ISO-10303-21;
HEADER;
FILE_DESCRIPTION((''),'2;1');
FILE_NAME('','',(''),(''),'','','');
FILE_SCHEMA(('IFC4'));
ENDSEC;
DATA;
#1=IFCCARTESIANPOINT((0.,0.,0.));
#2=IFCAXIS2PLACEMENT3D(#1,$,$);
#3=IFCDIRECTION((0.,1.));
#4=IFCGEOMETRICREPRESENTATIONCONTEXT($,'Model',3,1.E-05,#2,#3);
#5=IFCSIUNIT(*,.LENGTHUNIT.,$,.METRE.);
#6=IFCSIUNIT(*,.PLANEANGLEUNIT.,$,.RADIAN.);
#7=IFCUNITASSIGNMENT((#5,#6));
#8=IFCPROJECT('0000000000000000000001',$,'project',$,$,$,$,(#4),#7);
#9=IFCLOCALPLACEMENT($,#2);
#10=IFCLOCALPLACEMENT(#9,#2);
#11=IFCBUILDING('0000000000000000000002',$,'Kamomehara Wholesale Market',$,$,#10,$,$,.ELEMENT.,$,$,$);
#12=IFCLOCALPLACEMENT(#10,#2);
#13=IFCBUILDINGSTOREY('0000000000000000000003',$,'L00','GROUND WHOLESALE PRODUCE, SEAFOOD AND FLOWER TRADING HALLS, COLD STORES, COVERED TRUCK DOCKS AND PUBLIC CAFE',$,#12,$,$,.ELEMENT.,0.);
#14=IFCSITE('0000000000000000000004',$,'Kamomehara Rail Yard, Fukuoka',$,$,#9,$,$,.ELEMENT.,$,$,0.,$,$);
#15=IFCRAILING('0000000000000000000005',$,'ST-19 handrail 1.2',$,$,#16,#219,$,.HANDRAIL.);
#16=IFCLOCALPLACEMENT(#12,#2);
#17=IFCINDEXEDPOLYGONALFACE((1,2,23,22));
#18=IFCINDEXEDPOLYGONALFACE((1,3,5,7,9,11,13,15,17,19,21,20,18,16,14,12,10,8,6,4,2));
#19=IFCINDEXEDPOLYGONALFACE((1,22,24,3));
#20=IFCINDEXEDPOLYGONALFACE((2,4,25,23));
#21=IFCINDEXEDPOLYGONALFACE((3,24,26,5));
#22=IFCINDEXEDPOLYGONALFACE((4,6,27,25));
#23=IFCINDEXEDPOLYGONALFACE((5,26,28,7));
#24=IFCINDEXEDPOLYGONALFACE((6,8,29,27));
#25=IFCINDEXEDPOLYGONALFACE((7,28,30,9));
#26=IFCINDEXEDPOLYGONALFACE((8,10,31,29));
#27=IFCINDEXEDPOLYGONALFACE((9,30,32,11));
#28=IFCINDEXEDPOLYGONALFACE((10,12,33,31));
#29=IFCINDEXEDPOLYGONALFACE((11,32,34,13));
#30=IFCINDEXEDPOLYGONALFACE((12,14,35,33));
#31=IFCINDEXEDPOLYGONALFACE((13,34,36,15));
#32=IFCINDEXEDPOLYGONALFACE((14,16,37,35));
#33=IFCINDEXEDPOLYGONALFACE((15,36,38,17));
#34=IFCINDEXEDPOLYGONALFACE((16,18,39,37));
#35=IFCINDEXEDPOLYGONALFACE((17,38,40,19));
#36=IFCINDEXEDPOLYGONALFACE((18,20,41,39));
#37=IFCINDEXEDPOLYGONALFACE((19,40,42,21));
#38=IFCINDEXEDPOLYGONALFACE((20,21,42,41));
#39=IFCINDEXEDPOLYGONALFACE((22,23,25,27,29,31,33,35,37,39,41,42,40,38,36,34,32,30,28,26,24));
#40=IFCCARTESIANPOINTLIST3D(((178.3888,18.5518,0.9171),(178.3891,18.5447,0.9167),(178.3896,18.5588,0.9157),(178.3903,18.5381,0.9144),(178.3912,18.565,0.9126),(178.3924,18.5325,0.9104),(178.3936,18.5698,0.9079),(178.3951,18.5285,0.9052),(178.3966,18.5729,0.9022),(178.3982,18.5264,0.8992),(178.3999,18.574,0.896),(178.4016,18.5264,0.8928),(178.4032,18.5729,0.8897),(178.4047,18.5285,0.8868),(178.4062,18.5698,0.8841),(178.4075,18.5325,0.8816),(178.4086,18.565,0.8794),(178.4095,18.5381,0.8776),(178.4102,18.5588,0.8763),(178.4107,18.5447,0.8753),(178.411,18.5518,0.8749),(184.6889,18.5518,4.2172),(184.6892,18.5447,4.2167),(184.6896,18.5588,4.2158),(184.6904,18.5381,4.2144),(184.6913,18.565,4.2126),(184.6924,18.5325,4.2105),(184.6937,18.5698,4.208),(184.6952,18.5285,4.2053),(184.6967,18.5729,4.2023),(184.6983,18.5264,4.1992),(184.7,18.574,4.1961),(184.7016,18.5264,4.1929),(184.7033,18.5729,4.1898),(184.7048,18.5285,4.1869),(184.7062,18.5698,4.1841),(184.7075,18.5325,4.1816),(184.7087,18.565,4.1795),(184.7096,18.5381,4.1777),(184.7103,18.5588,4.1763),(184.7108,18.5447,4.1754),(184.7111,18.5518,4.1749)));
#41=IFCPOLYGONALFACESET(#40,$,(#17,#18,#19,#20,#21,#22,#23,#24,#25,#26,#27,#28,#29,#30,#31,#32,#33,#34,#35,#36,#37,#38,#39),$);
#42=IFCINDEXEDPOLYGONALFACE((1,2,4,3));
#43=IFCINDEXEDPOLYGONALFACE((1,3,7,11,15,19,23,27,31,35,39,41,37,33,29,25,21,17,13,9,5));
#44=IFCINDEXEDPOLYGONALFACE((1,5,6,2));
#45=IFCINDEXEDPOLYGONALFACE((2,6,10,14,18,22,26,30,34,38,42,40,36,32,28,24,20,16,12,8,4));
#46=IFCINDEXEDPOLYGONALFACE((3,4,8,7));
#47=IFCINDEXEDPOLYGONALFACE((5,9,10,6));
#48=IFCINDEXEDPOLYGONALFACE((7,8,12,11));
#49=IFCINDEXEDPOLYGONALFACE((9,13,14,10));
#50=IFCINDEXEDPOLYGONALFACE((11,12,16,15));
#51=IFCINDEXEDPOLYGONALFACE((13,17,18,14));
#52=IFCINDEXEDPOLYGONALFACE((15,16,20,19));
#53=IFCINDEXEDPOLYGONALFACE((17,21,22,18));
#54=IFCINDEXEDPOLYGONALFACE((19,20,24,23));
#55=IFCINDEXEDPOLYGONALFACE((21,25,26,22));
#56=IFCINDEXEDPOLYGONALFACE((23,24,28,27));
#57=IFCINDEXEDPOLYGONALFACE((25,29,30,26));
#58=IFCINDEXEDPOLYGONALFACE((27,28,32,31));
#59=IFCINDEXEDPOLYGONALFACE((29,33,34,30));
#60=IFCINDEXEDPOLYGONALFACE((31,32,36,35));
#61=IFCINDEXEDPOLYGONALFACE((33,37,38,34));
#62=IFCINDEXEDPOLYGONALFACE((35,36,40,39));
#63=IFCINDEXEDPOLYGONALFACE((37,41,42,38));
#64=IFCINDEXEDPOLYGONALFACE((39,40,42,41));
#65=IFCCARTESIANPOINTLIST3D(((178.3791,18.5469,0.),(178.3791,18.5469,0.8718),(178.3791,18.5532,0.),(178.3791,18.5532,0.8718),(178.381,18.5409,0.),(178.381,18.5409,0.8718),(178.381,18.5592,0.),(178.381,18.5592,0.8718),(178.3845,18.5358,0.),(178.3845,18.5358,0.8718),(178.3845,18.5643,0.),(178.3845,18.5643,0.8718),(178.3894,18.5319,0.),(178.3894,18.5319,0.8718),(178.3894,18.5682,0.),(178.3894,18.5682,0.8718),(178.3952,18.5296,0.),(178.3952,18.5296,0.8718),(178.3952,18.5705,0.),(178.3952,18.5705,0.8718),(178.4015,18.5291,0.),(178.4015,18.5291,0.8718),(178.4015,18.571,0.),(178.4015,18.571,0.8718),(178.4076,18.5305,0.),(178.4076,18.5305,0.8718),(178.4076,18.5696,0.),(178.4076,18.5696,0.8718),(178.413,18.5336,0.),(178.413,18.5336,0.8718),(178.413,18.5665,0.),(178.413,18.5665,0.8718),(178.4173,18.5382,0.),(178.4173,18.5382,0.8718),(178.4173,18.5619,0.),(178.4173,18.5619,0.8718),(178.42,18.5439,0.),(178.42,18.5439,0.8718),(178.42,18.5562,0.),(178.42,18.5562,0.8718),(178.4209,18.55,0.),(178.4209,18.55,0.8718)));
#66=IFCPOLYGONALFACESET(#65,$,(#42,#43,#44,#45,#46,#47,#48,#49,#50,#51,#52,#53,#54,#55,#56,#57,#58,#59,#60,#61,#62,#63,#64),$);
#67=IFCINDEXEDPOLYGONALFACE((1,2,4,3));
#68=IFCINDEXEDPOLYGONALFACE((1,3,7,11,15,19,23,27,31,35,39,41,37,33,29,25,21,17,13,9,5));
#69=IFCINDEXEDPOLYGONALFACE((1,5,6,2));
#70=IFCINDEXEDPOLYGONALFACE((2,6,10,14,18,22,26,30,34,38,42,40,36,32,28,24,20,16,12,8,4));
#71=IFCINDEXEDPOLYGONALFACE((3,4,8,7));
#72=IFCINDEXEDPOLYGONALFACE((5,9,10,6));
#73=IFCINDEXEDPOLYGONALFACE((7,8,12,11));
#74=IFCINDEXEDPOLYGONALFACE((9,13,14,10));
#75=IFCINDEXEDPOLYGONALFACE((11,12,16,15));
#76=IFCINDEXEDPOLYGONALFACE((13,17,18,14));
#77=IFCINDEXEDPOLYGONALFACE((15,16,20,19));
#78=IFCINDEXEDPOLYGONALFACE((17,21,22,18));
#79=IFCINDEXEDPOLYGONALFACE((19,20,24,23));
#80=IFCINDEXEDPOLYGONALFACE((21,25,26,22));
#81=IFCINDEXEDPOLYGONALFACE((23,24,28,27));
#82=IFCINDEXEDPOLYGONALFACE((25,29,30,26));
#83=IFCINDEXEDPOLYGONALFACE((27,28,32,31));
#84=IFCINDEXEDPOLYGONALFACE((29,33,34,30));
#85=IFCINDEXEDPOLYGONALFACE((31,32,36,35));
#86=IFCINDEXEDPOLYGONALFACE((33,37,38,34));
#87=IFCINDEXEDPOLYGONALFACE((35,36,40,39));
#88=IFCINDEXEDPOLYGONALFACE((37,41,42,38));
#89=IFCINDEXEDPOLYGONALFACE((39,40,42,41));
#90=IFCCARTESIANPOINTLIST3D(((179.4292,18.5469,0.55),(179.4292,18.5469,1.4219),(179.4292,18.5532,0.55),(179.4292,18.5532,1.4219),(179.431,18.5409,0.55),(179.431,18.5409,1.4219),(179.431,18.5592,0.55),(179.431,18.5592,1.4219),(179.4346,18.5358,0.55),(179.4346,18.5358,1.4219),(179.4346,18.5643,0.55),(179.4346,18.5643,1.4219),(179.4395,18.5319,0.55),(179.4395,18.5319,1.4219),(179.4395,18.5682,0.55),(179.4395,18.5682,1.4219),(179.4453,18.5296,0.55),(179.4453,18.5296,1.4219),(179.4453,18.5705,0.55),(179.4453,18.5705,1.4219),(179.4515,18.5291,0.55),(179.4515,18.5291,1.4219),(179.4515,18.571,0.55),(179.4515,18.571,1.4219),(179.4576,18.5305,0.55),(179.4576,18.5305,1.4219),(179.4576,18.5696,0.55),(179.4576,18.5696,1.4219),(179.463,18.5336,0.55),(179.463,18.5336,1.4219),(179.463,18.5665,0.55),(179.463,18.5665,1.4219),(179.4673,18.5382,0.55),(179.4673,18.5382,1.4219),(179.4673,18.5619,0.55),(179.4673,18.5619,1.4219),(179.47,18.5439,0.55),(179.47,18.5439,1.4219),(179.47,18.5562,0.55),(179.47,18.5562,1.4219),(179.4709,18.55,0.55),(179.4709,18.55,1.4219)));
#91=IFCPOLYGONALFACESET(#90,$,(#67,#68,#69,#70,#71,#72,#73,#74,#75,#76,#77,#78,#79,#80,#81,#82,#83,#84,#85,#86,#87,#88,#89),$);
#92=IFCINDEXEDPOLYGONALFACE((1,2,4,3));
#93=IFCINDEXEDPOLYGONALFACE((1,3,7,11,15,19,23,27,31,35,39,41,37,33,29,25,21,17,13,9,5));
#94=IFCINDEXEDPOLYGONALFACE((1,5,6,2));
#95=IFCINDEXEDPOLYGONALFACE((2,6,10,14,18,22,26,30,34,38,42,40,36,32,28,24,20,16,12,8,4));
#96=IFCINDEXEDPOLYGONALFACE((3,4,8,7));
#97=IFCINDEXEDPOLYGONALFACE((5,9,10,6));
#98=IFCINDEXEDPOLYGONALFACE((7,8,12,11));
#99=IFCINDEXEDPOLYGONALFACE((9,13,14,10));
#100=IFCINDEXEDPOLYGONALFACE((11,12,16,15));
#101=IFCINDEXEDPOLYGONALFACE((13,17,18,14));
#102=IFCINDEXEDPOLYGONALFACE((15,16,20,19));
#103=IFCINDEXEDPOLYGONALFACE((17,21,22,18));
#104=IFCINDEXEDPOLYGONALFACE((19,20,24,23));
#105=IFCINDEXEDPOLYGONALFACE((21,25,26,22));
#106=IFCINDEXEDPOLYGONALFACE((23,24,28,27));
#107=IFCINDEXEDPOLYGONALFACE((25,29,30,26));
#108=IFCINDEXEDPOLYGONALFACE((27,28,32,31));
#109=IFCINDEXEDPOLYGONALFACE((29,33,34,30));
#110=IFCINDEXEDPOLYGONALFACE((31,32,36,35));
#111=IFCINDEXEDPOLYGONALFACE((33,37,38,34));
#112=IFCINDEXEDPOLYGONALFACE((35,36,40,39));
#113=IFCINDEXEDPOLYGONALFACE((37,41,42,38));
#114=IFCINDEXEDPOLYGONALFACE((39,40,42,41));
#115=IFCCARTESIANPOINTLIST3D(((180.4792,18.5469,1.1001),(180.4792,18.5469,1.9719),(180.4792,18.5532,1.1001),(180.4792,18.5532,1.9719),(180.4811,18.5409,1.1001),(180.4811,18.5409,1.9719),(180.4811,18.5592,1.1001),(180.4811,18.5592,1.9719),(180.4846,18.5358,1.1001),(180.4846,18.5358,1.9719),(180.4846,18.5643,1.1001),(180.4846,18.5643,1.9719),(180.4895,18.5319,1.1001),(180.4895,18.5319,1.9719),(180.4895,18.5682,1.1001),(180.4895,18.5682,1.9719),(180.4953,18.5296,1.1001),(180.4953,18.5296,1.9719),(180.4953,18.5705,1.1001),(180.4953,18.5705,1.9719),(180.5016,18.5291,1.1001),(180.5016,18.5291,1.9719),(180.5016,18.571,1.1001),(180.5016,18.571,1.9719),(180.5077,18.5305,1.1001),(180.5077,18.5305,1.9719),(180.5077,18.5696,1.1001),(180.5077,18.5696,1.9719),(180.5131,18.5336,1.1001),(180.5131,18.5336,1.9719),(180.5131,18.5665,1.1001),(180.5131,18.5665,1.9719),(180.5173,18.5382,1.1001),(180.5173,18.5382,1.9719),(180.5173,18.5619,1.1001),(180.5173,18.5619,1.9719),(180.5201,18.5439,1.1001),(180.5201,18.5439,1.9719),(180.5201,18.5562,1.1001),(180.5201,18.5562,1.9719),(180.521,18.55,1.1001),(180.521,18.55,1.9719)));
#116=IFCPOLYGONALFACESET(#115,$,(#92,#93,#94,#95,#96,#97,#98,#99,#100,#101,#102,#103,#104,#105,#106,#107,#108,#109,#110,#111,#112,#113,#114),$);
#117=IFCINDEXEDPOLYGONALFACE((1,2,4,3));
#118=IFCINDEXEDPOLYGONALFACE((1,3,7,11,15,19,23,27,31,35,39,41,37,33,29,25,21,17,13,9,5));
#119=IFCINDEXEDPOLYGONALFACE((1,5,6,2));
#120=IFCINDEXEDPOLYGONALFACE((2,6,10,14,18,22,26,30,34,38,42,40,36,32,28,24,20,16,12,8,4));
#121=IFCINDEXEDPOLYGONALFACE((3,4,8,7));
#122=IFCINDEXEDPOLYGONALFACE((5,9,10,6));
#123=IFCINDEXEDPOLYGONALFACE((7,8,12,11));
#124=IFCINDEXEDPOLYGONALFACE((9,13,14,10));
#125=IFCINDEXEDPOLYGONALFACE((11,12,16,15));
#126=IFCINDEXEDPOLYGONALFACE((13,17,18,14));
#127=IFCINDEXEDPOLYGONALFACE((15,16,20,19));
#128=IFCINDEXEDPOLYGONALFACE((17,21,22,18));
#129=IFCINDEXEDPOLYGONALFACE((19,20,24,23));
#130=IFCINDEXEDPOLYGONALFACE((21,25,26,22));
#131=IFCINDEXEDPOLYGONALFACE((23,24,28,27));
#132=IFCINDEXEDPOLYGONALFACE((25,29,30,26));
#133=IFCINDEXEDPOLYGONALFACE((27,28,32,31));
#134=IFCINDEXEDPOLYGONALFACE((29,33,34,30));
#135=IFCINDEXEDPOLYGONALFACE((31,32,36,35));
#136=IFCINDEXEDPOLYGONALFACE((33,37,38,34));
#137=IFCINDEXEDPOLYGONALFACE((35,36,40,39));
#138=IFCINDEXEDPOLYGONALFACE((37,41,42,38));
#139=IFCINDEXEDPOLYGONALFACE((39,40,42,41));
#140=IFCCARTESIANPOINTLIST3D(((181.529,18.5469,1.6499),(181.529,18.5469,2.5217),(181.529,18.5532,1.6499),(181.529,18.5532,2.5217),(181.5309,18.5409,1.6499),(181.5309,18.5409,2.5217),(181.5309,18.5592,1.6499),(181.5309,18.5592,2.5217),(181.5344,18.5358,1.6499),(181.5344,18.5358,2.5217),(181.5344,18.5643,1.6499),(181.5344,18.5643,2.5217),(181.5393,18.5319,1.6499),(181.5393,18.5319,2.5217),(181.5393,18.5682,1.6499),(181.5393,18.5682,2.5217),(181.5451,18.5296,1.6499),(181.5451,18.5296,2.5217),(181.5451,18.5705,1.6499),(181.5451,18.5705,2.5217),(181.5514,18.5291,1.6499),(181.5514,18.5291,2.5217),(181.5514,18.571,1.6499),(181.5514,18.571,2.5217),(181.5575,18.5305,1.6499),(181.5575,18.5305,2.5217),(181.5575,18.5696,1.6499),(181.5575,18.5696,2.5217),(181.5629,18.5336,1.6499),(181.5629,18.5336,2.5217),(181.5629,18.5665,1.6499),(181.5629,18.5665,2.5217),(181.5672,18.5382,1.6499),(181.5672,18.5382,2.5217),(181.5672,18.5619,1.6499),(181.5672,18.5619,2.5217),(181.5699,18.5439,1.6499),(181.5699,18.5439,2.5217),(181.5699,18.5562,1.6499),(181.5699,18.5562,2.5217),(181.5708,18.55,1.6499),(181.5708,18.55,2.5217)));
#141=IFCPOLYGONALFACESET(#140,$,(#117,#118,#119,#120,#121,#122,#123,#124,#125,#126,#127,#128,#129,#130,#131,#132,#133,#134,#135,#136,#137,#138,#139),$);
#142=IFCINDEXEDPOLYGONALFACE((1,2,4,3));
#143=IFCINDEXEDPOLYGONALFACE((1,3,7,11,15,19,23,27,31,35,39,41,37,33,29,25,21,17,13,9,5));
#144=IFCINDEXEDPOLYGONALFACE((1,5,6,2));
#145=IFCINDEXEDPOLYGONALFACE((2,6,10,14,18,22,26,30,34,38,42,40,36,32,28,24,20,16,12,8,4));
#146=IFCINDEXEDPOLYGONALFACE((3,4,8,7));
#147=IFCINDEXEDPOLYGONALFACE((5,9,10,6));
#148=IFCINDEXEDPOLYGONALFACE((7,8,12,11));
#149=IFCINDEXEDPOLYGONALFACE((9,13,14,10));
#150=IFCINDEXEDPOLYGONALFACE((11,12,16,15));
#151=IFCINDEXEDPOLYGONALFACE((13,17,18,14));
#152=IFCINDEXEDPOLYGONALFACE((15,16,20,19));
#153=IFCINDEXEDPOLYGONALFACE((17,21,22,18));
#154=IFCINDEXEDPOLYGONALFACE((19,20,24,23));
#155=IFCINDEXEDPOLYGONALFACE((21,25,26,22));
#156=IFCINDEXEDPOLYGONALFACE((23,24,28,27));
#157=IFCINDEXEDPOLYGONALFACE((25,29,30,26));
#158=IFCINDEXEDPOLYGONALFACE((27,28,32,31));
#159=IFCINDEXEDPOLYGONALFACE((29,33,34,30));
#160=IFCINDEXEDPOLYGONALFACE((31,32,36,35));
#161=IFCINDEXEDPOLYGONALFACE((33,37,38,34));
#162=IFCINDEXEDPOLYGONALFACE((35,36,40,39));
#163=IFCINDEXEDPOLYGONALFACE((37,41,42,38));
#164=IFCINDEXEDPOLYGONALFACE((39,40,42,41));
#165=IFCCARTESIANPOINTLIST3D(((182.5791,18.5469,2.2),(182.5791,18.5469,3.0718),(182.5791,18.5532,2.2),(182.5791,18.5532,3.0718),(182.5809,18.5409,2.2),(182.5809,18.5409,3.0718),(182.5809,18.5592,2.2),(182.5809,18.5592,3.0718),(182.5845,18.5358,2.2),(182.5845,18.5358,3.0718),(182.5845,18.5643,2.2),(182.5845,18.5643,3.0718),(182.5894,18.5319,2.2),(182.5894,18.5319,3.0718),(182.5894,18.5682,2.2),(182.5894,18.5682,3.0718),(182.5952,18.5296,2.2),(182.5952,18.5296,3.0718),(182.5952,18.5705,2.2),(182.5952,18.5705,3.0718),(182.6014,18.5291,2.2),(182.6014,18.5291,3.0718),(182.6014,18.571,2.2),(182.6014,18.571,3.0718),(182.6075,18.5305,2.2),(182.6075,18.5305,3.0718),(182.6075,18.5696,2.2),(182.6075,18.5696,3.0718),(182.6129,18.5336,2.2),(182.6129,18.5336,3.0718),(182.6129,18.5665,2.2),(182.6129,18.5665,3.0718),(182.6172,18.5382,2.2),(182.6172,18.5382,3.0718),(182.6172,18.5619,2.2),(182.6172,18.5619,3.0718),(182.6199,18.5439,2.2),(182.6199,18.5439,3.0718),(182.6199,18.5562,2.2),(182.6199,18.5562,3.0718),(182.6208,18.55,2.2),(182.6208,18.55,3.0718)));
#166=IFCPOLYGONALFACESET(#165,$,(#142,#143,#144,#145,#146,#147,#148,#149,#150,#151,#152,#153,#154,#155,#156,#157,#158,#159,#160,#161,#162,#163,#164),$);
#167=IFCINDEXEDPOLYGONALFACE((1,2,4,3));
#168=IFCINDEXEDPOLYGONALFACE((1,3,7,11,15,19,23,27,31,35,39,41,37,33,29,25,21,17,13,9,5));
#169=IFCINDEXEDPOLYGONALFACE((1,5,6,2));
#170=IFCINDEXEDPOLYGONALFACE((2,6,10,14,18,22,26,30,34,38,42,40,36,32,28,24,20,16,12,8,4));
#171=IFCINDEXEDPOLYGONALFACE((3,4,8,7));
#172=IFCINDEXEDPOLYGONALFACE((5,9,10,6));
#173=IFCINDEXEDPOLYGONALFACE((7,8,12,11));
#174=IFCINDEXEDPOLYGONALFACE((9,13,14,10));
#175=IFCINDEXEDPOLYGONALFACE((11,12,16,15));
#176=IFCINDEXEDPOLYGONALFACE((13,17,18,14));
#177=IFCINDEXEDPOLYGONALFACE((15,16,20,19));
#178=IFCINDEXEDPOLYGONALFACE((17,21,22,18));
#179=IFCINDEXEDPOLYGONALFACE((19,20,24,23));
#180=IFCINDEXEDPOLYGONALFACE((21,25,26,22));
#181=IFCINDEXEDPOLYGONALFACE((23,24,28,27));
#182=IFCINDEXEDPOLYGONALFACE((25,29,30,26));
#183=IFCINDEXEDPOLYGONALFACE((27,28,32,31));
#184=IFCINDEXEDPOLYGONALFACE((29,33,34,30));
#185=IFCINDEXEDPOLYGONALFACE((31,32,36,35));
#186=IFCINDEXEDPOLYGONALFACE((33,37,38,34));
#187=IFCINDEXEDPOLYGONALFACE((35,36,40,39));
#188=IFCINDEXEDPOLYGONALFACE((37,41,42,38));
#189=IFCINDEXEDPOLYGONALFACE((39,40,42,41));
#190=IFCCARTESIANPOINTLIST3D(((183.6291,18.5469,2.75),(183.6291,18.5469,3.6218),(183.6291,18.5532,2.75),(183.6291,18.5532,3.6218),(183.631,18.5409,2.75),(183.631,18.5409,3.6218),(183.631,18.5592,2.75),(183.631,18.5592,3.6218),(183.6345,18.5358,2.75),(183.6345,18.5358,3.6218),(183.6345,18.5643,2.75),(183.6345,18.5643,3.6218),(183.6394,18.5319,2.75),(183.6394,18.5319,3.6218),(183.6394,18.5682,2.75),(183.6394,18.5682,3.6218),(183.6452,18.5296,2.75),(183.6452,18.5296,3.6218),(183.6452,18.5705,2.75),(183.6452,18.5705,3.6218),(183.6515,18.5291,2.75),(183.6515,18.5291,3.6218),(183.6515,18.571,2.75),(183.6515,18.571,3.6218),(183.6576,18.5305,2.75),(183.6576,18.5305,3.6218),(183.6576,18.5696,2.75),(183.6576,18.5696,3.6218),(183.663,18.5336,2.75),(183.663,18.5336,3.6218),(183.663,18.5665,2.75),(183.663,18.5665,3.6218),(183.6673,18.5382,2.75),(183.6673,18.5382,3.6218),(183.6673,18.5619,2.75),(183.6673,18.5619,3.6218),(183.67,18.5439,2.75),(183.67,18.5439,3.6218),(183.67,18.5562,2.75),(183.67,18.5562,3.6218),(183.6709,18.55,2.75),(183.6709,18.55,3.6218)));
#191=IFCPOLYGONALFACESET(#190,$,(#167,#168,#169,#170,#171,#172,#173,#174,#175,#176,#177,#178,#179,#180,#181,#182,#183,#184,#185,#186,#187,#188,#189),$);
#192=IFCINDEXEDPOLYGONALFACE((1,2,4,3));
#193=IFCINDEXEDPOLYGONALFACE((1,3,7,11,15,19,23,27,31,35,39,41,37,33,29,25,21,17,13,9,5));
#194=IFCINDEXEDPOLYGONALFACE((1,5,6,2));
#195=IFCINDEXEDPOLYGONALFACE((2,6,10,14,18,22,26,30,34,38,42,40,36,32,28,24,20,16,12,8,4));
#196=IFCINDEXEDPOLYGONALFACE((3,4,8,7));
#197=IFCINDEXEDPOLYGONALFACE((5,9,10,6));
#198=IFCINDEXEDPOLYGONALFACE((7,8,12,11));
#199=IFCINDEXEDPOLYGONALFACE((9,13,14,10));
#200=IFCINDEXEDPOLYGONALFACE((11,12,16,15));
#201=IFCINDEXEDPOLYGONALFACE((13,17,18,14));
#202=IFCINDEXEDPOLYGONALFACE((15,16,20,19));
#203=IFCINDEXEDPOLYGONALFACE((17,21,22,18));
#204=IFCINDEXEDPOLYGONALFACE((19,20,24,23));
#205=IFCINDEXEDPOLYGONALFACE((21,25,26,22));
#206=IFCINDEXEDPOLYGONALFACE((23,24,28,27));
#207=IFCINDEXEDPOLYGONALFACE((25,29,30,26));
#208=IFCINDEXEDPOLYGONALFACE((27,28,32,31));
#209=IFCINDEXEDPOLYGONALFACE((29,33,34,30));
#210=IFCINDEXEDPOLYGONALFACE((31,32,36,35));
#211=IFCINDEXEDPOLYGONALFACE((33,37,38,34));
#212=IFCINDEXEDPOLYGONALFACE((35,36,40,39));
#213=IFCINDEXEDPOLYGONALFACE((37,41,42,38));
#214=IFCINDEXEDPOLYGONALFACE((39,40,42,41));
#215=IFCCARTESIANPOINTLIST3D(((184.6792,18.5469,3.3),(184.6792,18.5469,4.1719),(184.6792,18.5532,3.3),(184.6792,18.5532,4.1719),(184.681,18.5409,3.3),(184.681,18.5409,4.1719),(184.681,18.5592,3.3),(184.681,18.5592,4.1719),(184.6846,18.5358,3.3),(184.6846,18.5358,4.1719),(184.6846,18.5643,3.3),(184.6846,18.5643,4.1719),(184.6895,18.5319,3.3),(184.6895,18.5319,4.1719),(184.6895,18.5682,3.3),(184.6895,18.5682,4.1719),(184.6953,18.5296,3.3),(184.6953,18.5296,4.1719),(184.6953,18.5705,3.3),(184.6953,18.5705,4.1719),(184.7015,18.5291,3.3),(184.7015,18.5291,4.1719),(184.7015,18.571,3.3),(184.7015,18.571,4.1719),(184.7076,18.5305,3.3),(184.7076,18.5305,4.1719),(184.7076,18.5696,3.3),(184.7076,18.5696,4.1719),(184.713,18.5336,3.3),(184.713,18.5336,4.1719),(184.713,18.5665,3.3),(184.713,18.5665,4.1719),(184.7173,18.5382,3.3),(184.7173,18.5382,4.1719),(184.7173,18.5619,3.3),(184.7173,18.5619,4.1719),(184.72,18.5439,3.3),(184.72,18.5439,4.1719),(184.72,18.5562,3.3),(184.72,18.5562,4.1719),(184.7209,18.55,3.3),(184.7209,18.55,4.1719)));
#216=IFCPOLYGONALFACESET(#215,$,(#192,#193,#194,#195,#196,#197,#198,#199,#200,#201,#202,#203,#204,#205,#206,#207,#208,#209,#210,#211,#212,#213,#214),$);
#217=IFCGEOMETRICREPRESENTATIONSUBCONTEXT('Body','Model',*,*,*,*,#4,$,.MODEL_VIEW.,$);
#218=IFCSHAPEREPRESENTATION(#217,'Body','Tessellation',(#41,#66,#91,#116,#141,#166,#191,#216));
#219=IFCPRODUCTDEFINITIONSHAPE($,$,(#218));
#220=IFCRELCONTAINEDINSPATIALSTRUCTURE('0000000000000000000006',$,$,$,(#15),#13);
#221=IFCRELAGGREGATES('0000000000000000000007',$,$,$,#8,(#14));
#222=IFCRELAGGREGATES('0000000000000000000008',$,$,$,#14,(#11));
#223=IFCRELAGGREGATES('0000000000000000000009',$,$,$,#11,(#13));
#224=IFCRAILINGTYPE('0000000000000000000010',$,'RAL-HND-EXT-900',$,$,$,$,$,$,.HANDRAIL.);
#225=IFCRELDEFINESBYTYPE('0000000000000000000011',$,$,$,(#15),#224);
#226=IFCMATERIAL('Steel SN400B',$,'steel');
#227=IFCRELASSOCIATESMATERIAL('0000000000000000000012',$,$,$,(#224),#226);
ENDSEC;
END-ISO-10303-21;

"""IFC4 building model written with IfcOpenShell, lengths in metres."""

from ifc_helpers import new_model, si_unit, direction, frame, origin, origin_2d, place, context, subcontext, project, spatial, circle, extrude, material, type_object, element, save


model = new_model("IFC4")

# Units and contexts
model_context = context("Model", 3, precision=1e-05, world=origin(), true_north=direction((0.0, 1.0)))
body_context = subcontext(model_context, "Body", "Model", "MODEL_VIEW")
ifc_project = project(units=[si_unit("LENGTHUNIT", "METRE"), si_unit("PLANEANGLEUNIT", "RADIAN")], contexts=[model_context])

# Site, building, storey
site_placement = place(None, origin())
site = spatial("IfcSite", under=ifc_project, at=site_placement, Name="Kamomehara Rail Yard, Fukuoka", CompositionType="ELEMENT", RefElevation=0.0)
building_placement = place(site_placement, origin())
building = spatial("IfcBuilding", under=site, at=building_placement, Name="Kamomehara Wholesale Market", CompositionType="ELEMENT")
storey_placement = place(building_placement, origin())
storey = spatial("IfcBuildingStorey", under=building, at=storey_placement, Name="L00", Description="GROUND WHOLESALE PRODUCE, SEAFOOD AND FLOWER TRADING HALLS, COLD STORES, COVERED TRUCK DOCKS AND PUBLIC CAFE", CompositionType="ELEMENT", Elevation=0.0)

# Railing
ifc_material_1 = material(Name="Steel SN400B", Category="steel")
railing_type_1 = type_object("IfcRailingType", Name="RAL-HND-EXT-900", PredefinedType="HANDRAIL", material=ifc_material_1)
railing_1_placement = place(storey_placement, frame((178.3999, 18.55, 0.0)))
element("IfcRailing", 1, at=railing_1_placement, inside=storey, type_object=railing_type_1, Name="ST-19 handrail 1.2", PredefinedType="HANDRAIL", context=body_context, shape_type="SweptSolid", body=[
    extrude(circle(Radius=0.0239, at=origin_2d()), frame((0.0, 0.0, 0.896), z_axis=(0.88583, 0.0, 0.46401), x_axis=(0.0, 1.0, 0.0)), (0.0, 0.0, 1.0), 7.1121),
    extrude(circle(Radius=0.021, at=origin_2d()), origin(), (0.0, 0.0, 1.0), 0.8718),
    extrude(circle(Radius=0.021, at=origin_2d()), frame((1.05, 0.0, 0.55)), (0.0, 0.0, 1.0), 0.8718),
    extrude(circle(Radius=0.021, at=origin_2d()), frame((2.1001, 0.0, 1.1001)), (0.0, 0.0, 1.0), 0.8718),
    extrude(circle(Radius=0.021, at=origin_2d()), frame((3.1499, 0.0, 1.6499)), (0.0, 0.0, 1.0), 0.8718),
    extrude(circle(Radius=0.021, at=origin_2d()), frame((4.2, 0.0, 2.2)), (0.0, 0.0, 1.0), 0.8718),
    extrude(circle(Radius=0.021, at=origin_2d()), frame((5.25, 0.0, 2.75)), (0.0, 0.0, 1.0), 0.8718),
    extrude(circle(Radius=0.021, at=origin_2d()), frame((6.3, 0.0, 3.3)), (0.0, 0.0, 1.0), 0.8718),
])

save(model, "model.ifc")
